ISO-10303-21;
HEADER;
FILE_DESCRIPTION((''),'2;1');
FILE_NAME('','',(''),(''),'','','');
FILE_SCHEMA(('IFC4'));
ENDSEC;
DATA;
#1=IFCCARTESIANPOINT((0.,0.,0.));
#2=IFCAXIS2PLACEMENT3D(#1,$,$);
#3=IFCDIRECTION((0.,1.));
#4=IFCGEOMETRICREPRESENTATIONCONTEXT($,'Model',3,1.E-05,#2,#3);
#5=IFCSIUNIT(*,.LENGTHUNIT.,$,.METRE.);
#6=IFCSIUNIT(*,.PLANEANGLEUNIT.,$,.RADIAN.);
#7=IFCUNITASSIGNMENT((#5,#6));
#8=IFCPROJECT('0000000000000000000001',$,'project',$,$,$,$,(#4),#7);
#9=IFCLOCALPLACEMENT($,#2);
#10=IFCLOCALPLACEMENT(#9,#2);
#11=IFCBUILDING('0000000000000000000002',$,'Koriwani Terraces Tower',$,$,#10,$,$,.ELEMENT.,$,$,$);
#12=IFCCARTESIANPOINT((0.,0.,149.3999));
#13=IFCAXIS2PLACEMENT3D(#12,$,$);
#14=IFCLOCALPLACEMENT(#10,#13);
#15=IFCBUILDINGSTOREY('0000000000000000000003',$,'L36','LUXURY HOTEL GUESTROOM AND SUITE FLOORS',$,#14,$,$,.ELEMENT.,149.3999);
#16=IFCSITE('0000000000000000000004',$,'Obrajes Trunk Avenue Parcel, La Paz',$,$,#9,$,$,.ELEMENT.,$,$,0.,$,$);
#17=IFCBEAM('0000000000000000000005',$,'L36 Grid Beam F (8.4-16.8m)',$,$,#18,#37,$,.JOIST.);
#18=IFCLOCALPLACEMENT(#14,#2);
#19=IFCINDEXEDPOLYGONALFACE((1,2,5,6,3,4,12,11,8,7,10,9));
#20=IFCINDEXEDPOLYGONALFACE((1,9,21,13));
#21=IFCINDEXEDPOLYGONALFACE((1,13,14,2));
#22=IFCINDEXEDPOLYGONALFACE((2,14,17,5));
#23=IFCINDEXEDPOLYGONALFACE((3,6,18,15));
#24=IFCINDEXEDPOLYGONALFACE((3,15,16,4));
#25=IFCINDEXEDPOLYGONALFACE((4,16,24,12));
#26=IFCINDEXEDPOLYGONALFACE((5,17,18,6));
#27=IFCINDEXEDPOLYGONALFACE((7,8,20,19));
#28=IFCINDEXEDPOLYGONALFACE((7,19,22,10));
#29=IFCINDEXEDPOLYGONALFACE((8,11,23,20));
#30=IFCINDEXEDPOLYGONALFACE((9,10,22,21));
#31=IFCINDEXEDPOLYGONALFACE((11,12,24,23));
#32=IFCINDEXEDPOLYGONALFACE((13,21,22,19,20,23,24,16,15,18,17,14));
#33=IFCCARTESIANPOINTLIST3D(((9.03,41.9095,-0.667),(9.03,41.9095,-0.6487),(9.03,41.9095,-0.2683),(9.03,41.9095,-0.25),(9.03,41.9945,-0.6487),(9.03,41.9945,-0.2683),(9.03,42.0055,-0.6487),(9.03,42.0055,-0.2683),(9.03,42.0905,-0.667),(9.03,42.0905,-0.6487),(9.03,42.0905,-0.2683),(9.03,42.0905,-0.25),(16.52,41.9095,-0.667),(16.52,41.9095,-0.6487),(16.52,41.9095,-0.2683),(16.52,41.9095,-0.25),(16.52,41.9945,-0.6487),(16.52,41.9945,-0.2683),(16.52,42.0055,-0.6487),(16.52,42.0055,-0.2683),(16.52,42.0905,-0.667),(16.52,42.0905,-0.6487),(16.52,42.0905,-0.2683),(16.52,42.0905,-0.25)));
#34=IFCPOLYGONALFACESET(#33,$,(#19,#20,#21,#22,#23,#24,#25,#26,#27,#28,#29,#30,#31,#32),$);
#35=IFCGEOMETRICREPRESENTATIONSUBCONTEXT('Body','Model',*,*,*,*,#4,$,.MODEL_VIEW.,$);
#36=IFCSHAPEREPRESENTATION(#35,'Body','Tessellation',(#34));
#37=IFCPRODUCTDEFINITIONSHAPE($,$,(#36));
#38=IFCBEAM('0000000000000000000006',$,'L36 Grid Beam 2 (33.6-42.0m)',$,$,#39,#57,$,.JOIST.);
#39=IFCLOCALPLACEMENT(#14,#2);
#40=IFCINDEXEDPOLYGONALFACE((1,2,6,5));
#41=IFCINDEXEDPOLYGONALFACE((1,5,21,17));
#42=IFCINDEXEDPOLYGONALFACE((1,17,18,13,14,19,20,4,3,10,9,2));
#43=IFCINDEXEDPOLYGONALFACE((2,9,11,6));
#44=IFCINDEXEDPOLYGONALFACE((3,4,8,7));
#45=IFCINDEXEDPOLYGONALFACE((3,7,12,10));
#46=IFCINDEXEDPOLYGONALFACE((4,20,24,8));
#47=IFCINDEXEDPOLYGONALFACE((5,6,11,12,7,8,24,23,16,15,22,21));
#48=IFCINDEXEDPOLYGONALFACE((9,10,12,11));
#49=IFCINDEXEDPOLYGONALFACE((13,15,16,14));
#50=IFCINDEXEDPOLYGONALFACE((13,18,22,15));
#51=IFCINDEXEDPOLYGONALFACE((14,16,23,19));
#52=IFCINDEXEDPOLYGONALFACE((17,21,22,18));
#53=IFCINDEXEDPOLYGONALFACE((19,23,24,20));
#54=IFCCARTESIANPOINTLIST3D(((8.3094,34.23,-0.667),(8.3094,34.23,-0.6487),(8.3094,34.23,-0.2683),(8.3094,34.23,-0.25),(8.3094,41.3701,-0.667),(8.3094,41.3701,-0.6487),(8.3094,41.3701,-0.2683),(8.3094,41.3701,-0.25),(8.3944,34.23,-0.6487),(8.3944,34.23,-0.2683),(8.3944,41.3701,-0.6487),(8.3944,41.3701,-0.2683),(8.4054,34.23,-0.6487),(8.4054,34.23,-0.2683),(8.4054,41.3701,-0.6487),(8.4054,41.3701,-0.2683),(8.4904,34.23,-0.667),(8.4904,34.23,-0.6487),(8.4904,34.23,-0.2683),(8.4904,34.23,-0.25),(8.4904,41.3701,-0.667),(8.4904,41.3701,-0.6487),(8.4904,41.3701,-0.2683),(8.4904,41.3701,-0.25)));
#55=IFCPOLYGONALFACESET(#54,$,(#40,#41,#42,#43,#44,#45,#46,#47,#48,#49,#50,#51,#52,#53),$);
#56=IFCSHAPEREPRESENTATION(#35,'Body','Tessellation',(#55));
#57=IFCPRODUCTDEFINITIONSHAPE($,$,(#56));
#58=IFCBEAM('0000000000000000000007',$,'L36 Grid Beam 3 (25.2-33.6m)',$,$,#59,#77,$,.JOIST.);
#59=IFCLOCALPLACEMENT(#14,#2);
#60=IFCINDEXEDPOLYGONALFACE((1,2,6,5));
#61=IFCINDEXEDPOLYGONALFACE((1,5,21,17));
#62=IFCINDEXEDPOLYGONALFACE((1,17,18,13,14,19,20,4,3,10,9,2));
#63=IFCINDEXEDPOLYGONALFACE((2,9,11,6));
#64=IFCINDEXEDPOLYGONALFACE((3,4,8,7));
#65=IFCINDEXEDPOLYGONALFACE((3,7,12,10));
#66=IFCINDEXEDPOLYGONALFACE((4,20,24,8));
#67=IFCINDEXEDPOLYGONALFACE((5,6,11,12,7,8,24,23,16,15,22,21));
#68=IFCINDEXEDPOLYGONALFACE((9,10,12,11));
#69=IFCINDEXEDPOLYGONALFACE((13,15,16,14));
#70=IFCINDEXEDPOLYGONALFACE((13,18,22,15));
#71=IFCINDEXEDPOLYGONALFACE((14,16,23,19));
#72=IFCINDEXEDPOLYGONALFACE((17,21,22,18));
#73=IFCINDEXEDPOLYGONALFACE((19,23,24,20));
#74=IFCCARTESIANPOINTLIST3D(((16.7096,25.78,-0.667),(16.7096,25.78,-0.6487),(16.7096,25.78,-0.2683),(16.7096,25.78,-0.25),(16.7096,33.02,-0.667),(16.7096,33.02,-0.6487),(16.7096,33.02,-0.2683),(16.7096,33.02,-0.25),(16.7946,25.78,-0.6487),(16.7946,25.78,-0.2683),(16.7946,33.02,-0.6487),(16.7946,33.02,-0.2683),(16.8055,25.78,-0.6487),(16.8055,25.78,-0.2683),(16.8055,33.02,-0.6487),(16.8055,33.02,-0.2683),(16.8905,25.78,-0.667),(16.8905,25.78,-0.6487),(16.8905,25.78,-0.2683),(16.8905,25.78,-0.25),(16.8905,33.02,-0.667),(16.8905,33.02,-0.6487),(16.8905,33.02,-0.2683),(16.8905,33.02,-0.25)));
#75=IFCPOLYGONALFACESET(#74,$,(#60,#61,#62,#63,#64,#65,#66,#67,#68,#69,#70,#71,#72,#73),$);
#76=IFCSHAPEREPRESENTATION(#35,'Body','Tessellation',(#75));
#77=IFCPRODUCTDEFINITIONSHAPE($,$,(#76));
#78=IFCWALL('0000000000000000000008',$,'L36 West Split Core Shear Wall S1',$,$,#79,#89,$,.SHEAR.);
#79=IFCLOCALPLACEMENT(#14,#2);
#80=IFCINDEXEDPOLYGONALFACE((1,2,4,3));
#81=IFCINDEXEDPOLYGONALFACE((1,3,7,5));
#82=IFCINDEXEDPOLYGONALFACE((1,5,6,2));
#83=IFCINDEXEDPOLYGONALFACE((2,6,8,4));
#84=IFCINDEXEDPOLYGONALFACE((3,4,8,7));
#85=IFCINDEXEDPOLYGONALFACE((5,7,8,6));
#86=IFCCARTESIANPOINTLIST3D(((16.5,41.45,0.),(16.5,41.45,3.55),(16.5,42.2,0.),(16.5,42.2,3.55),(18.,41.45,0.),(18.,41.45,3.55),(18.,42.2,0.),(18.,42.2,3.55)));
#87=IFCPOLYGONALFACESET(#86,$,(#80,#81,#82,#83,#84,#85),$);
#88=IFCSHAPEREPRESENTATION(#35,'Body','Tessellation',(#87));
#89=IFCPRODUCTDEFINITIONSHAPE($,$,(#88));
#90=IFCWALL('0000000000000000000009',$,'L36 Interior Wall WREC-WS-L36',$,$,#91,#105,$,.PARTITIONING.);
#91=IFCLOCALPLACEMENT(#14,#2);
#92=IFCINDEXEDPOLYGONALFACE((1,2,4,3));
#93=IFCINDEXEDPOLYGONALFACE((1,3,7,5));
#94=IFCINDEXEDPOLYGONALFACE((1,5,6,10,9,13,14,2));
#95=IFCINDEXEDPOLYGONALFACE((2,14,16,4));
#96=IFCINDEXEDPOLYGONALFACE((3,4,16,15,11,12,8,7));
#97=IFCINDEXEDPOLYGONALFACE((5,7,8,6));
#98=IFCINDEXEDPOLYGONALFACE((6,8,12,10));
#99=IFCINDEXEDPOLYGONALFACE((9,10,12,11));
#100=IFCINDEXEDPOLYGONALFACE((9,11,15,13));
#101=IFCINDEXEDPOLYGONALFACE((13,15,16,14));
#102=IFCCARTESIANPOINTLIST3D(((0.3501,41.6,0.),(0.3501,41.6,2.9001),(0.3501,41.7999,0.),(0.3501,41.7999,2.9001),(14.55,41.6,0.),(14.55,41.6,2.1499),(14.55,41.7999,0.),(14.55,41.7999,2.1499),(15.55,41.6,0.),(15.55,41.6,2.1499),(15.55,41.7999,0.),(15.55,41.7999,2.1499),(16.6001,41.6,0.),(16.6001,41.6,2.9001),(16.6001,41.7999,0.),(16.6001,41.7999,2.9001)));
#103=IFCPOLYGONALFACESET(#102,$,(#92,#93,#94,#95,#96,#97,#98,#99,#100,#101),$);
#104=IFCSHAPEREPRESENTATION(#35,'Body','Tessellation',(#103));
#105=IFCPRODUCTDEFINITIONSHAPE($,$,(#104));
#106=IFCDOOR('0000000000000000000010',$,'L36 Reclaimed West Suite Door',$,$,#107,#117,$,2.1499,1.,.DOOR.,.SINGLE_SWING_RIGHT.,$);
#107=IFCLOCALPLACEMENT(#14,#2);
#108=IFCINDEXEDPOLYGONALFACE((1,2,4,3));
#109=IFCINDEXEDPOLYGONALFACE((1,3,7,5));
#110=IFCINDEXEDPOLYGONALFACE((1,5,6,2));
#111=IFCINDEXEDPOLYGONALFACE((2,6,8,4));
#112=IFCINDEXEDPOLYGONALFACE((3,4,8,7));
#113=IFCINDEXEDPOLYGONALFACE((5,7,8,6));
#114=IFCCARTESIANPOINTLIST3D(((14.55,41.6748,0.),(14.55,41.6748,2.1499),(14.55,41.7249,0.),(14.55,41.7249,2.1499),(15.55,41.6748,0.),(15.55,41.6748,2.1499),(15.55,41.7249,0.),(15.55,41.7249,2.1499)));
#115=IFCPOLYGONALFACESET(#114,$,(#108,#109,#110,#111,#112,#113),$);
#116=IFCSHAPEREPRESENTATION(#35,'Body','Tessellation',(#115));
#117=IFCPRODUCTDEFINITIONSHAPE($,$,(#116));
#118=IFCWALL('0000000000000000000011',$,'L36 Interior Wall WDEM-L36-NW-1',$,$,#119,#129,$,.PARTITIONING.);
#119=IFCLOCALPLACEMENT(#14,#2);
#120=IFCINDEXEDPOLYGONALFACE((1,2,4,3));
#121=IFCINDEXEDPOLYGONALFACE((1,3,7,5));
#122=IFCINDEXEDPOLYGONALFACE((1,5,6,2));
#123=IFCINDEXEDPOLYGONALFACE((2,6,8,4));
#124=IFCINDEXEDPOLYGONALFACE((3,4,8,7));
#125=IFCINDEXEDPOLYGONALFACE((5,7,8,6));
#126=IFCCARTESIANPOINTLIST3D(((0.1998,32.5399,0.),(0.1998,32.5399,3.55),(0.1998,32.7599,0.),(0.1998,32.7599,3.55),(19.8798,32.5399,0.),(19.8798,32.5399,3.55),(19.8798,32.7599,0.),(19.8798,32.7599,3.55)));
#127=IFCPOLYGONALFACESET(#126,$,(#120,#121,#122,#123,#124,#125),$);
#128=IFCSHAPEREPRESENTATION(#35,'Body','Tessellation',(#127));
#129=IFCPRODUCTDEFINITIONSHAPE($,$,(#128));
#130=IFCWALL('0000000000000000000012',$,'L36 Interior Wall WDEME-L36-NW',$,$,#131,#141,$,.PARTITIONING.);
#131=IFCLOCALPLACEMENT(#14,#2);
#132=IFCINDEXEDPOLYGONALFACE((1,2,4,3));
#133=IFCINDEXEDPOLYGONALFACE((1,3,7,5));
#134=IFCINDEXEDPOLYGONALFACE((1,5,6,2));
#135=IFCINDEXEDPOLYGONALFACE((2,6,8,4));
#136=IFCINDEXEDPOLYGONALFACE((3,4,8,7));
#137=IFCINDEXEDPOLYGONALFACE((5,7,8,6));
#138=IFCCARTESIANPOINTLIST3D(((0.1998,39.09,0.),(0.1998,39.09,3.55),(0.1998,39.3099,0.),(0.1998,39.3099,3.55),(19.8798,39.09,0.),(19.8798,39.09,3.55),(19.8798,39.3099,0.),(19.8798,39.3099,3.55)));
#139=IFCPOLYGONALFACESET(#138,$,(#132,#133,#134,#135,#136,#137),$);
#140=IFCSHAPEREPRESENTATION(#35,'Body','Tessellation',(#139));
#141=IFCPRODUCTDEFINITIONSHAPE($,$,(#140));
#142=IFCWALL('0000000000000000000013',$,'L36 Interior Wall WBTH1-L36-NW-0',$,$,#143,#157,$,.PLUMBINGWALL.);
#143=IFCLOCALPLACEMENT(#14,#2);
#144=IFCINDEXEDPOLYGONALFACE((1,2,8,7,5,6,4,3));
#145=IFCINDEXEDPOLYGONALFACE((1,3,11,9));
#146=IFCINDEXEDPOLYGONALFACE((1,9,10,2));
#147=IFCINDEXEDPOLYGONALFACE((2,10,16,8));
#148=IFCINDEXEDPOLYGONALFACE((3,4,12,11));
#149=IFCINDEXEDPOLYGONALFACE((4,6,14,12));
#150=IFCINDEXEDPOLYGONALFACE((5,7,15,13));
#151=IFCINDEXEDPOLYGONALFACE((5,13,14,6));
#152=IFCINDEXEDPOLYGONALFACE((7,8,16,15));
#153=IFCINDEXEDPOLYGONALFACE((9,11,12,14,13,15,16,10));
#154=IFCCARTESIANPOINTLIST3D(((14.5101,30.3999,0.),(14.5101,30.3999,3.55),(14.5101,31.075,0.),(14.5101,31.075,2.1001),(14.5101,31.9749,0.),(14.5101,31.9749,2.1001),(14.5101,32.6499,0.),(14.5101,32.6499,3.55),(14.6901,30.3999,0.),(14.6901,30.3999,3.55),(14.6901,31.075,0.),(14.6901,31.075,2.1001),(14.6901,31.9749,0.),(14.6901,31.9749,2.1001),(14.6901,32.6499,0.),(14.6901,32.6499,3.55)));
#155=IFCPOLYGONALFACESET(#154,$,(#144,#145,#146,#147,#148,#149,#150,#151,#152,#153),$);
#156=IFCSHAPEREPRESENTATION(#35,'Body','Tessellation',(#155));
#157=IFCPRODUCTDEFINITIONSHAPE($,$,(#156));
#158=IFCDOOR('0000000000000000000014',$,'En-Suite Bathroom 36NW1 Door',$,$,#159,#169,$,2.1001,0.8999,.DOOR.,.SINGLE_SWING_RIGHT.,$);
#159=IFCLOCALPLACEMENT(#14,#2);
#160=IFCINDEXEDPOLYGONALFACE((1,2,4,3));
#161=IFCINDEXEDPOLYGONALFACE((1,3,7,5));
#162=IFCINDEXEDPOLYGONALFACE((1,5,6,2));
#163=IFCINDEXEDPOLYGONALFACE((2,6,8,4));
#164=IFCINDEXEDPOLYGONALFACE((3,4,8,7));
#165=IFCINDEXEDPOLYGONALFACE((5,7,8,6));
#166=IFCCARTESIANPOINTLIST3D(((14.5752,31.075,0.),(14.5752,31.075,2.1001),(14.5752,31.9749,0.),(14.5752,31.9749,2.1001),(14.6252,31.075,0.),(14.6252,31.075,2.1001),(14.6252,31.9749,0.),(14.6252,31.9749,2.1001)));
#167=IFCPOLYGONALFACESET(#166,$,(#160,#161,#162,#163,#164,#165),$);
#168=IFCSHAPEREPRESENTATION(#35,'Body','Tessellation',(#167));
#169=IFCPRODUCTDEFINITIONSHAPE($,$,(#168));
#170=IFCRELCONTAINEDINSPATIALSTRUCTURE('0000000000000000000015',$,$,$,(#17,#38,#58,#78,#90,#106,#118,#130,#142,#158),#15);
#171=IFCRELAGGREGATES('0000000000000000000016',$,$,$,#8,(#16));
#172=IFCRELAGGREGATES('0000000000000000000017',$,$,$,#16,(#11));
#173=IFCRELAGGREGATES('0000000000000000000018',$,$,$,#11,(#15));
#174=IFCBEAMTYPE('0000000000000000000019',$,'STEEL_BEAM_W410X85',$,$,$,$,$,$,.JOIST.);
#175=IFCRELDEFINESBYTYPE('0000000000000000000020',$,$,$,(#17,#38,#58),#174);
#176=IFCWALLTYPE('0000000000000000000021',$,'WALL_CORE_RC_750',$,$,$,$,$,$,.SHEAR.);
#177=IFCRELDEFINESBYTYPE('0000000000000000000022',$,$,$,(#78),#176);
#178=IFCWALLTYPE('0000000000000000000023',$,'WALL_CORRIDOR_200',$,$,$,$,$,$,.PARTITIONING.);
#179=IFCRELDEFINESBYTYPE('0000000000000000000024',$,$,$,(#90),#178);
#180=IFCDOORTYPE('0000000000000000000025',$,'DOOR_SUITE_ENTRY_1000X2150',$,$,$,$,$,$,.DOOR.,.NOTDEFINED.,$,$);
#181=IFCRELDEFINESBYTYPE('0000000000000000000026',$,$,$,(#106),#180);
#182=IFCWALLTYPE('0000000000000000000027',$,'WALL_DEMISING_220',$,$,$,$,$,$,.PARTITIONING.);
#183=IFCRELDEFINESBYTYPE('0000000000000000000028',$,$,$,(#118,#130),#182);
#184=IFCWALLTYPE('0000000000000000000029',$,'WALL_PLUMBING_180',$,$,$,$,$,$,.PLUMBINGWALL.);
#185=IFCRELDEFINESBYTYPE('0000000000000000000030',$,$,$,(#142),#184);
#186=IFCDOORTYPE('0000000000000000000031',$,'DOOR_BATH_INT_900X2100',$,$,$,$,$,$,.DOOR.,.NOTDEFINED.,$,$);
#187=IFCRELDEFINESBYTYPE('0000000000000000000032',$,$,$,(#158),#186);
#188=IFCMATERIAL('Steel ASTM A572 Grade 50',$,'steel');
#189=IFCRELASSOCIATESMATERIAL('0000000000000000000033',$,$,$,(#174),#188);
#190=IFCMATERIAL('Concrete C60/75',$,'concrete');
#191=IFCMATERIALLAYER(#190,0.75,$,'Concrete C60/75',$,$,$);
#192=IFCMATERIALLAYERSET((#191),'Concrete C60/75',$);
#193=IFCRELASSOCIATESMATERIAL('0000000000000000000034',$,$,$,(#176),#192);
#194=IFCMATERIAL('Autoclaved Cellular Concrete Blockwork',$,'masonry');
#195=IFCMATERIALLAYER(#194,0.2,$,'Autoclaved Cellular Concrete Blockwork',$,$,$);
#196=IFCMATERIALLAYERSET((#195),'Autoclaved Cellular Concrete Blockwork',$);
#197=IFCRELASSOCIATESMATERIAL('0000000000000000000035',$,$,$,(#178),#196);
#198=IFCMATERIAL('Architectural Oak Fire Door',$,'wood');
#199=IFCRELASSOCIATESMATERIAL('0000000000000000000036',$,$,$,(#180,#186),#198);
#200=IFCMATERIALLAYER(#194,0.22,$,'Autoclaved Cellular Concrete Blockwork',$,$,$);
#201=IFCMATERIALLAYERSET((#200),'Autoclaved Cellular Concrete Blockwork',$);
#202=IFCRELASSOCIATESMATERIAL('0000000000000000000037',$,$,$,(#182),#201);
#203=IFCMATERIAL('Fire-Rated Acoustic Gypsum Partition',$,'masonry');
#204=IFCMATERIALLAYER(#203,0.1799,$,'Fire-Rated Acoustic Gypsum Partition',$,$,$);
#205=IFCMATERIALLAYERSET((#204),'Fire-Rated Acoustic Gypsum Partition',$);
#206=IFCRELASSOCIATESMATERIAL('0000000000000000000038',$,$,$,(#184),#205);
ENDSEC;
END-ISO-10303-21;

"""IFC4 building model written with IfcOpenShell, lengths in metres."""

from ifc_helpers import new_model, si_unit, direction, frame, frame_2d, origin, origin_2d, place, context, subcontext, project, spatial, rectangle, i_section, extrude, material, layer, layer_set, material_profile, profile_set, type_object, element, fill, save


model = new_model("IFC4")

# Units and contexts
model_context = context("Model", 3, precision=1e-05, world=origin(), true_north=direction((0.0, 1.0)))
body_context = subcontext(model_context, "Body", "Model", "MODEL_VIEW")
ifc_project = project(units=[si_unit("LENGTHUNIT", "METRE"), si_unit("PLANEANGLEUNIT", "RADIAN")], contexts=[model_context])

# Site, building, storey
site_placement = place(None, origin())
site = spatial("IfcSite", under=ifc_project, at=site_placement, Name="Obrajes Trunk Avenue Parcel, La Paz", CompositionType="ELEMENT", RefElevation=0.0)
building_placement = place(site_placement, origin())
building = spatial("IfcBuilding", under=site, at=building_placement, Name="Koriwani Terraces Tower", CompositionType="ELEMENT")
storey_placement = place(building_placement, frame((0.0, 0.0, 149.3999)))
storey = spatial("IfcBuildingStorey", under=building, at=storey_placement, Name="L36", Description="LUXURY HOTEL GUESTROOM AND SUITE FLOORS", CompositionType="ELEMENT", Elevation=149.3999)

# Shared definitions
ifc_material_1 = material(Name="Concrete C60/75", Category="concrete")

# Beams
ifc_material_2 = material(Name="Steel ASTM A572 Grade 50", Category="steel")
ifc_material_profile_1 = material_profile(ifc_material_2, i_section(OverallWidth=0.1809, OverallDepth=0.417, WebThickness=0.011, FlangeThickness=0.0183, at=origin_2d()), Name="Steel ASTM A572 Grade 50", Category="LoadBearing")
ifc_profile_set_1 = profile_set([ifc_material_profile_1], Name="Steel ASTM A572 Grade 50")
beam_type_1 = type_object("IfcBeamType", Name="STEEL_BEAM_W410X85", PredefinedType="JOIST", material=ifc_profile_set_1)
beam_1_placement = place(storey_placement, frame((9.03, 42.0, -0.4585), z_axis=(1.0, 0.0, 0.0), x_axis=(0.0, 1.0, 0.0)))
element("IfcBeam", 1, at=beam_1_placement, inside=storey, type_object=beam_type_1, Name="L36 Grid Beam F (8.4-16.8m)", PredefinedType="JOIST", context=body_context, shape_type="SweptSolid", body=[
    extrude(i_section(OverallWidth=0.1809, OverallDepth=0.417, WebThickness=0.011, FlangeThickness=0.0183, at=origin_2d()), origin(), (0.0, 0.0, 1.0), 7.49),
])
beam_2_placement = place(storey_placement, frame((8.3999, 34.23, -0.4585), z_axis=(0.0, 1.0, 0.0), x_axis=(-1.0, 0.0, 0.0)))
element("IfcBeam", 2, at=beam_2_placement, inside=storey, type_object=beam_type_1, Name="L36 Grid Beam 2 (33.6-42.0m)", PredefinedType="JOIST", context=body_context, shape_type="SweptSolid", body=[
    extrude(i_section(OverallWidth=0.1809, OverallDepth=0.417, WebThickness=0.011, FlangeThickness=0.0183, at=origin_2d()), origin(), (0.0, 0.0, 1.0), 7.1401),
])
beam_3_placement = place(storey_placement, frame((16.8, 25.78, -0.4585), z_axis=(0.0, 1.0, 0.0), x_axis=(-1.0, 0.0, 0.0)))
element("IfcBeam", 3, at=beam_3_placement, inside=storey, type_object=beam_type_1, Name="L36 Grid Beam 3 (25.2-33.6m)", PredefinedType="JOIST", context=body_context, shape_type="SweptSolid", body=[
    extrude(i_section(OverallWidth=0.1809, OverallDepth=0.417, WebThickness=0.011, FlangeThickness=0.0183, at=origin_2d()), origin(), (0.0, 0.0, 1.0), 7.24),
])

# Wall
ifc_layer_1 = layer(ifc_material_1, 0.75, Name="Concrete C60/75")
ifc_layer_set_1 = layer_set([ifc_layer_1], Name="Concrete C60/75")
wall_type_1 = type_object("IfcWallType", Name="WALL_CORE_RC_750", PredefinedType="SHEAR", material=ifc_layer_set_1)
wall_1_placement = place(storey_placement, frame((16.5, 41.825, 0.0), z_axis=(0.0, 0.0, 1.0), x_axis=(1.0, 0.0, 0.0)))
element("IfcWall", 4, at=wall_1_placement, inside=storey, type_object=wall_type_1, Name="L36 West Split Core Shear Wall S1", PredefinedType="SHEAR", context=body_context, shape_type="SweptSolid", body=[
    extrude(rectangle(XDim=1.5, YDim=0.75, at=frame_2d((0.75, 0.0))), origin(), (0.0, 0.0, 1.0), 3.55),
])

# Wall, opening, door
ifc_material_3 = material(Name="Autoclaved Cellular Concrete Blockwork", Category="masonry")
ifc_layer_2 = layer(ifc_material_3, 0.2, Name="Autoclaved Cellular Concrete Blockwork")
ifc_layer_set_2 = layer_set([ifc_layer_2], Name="Autoclaved Cellular Concrete Blockwork")
wall_type_2 = type_object("IfcWallType", Name="WALL_CORRIDOR_200", PredefinedType="PARTITIONING", material=ifc_layer_set_2)
wall_2_placement = place(storey_placement, frame((0.3501, 41.7, 0.0), z_axis=(0.0, 0.0, 1.0), x_axis=(1.0, 0.0, 0.0)))
wall_2 = element("IfcWall", 5, at=wall_2_placement, inside=storey, type_object=wall_type_2, Name="L36 Interior Wall WREC-WS-L36", PredefinedType="PARTITIONING", context=body_context, shape_type="SweptSolid", body=[
    extrude(rectangle(XDim=16.25, YDim=0.2, at=frame_2d((8.125, 0.0))), origin(), (0.0, 0.0, 1.0), 2.9001),
])
opening_1_placement = place(wall_2_placement, frame((14.2, 0.0, 0.0)))
opening_1 = element("IfcOpeningElement", 6, at=opening_1_placement, cuts=wall_2, PredefinedType="OPENING", context=body_context, shape_type="SweptSolid", body=[
    extrude(rectangle(XDim=1.0, YDim=2.1499, at=frame_2d((0.5, 1.075))), frame((0.0, 0.1099, 0.0), z_axis=(0.0, -1.0, 0.0), x_axis=(1.0, 0.0, 0.0)), (0.0, 0.0, 1.0), 0.22),
])
ifc_material_4 = material(Name="Architectural Oak Fire Door", Category="wood")
door_type_1 = type_object("IfcDoorType", Name="DOOR_SUITE_ENTRY_1000X2150", OperationType="NOTDEFINED", PredefinedType="DOOR", material=ifc_material_4)
door_1_placement = place(opening_1_placement, origin())
door_1 = element("IfcDoor", 7, at=door_1_placement, inside=storey, type_object=door_type_1, Name="L36 Reclaimed West Suite Door", OperationType="SINGLE_SWING_RIGHT", OverallHeight=2.1499, OverallWidth=1.0, PredefinedType="DOOR", context=body_context, shape_type="SweptSolid", body=[
    extrude(rectangle(XDim=1.0, YDim=2.1499, at=frame_2d((0.5, 1.075))), frame((0.0, 0.0249, 0.0), z_axis=(0.0, -1.0, 0.0), x_axis=(1.0, 0.0, 0.0)), (0.0, 0.0, 1.0), 0.05),
])
fill(opening_1, door_1)

# Walls
ifc_layer_3 = layer(ifc_material_3, 0.22, Name="Autoclaved Cellular Concrete Blockwork")
ifc_layer_set_3 = layer_set([ifc_layer_3], Name="Autoclaved Cellular Concrete Blockwork")
wall_type_3 = type_object("IfcWallType", Name="WALL_DEMISING_220", PredefinedType="PARTITIONING", material=ifc_layer_set_3)
for number, where, z_axis, x_axis, name in (
    (8, (0.2, 32.6499, 0.0), (0.0, 0.0, 1.0), (1.0, 0.0, 0.0), "L36 Interior Wall WDEM-L36-NW-1"),
    (9, (0.2, 39.2, 0.0), (0.0, 0.0, 1.0), (1.0, 0.0, 0.0), "L36 Interior Wall WDEME-L36-NW"),
):
    element("IfcWall", number, at=place(storey_placement, frame(where, z_axis=z_axis, x_axis=x_axis)), inside=storey, type_object=wall_type_3, Name=name, PredefinedType="PARTITIONING", context=body_context, shape_type="SweptSolid", body=[
        extrude(rectangle(XDim=19.6799, YDim=0.22, at=frame_2d((9.8398, 0.0))), origin(), (0.0, 0.0, 1.0), 3.55),
    ])

# Wall, opening, door
ifc_material_5 = material(Name="Fire-Rated Acoustic Gypsum Partition", Category="masonry")
ifc_layer_4 = layer(ifc_material_5, 0.1799, Name="Fire-Rated Acoustic Gypsum Partition")
ifc_layer_set_4 = layer_set([ifc_layer_4], Name="Fire-Rated Acoustic Gypsum Partition")
wall_type_4 = type_object("IfcWallType", Name="WALL_PLUMBING_180", PredefinedType="PLUMBINGWALL", material=ifc_layer_set_4)
wall_3_placement = place(storey_placement, frame((14.6001, 30.3999, 0.0), z_axis=(0.0, 0.0, 1.0), x_axis=(0.0, 1.0, 0.0)))
wall_3 = element("IfcWall", 10, at=wall_3_placement, inside=storey, type_object=wall_type_4, Name="L36 Interior Wall WBTH1-L36-NW-0", PredefinedType="PLUMBINGWALL", context=body_context, shape_type="SweptSolid", body=[
    extrude(rectangle(XDim=2.25, YDim=0.1799, at=frame_2d((1.125, 0.0))), origin(), (0.0, 0.0, 1.0), 3.55),
])
opening_2_placement = place(wall_3_placement, frame((0.675, 0.0, 0.0)))
opening_2 = element("IfcOpeningElement", 11, at=opening_2_placement, cuts=wall_3, PredefinedType="OPENING", context=body_context, shape_type="SweptSolid", body=[
    extrude(rectangle(XDim=0.8999, YDim=2.1001, at=frame_2d((0.45, 1.05))), frame((0.0, 0.1001, 0.0), z_axis=(0.0, -1.0, 0.0), x_axis=(1.0, 0.0, 0.0)), (0.0, 0.0, 1.0), 0.2),
])
door_type_2 = type_object("IfcDoorType", Name="DOOR_BATH_INT_900X2100", OperationType="NOTDEFINED", PredefinedType="DOOR", material=ifc_material_4)
door_2_placement = place(opening_2_placement, origin())
door_2 = element("IfcDoor", 12, at=door_2_placement, inside=storey, type_object=door_type_2, Name="En-Suite Bathroom 36NW1 Door", OperationType="SINGLE_SWING_RIGHT", OverallHeight=2.1001, OverallWidth=0.8999, PredefinedType="DOOR", context=body_context, shape_type="SweptSolid", body=[
    extrude(rectangle(XDim=0.8999, YDim=2.1001, at=frame_2d((0.45, 1.05))), frame((0.0, 0.0249, 0.0), z_axis=(0.0, -1.0, 0.0), x_axis=(1.0, 0.0, 0.0)), (0.0, 0.0, 1.0), 0.05),
])
fill(opening_2, door_2)

save(model, "model.ifc")
